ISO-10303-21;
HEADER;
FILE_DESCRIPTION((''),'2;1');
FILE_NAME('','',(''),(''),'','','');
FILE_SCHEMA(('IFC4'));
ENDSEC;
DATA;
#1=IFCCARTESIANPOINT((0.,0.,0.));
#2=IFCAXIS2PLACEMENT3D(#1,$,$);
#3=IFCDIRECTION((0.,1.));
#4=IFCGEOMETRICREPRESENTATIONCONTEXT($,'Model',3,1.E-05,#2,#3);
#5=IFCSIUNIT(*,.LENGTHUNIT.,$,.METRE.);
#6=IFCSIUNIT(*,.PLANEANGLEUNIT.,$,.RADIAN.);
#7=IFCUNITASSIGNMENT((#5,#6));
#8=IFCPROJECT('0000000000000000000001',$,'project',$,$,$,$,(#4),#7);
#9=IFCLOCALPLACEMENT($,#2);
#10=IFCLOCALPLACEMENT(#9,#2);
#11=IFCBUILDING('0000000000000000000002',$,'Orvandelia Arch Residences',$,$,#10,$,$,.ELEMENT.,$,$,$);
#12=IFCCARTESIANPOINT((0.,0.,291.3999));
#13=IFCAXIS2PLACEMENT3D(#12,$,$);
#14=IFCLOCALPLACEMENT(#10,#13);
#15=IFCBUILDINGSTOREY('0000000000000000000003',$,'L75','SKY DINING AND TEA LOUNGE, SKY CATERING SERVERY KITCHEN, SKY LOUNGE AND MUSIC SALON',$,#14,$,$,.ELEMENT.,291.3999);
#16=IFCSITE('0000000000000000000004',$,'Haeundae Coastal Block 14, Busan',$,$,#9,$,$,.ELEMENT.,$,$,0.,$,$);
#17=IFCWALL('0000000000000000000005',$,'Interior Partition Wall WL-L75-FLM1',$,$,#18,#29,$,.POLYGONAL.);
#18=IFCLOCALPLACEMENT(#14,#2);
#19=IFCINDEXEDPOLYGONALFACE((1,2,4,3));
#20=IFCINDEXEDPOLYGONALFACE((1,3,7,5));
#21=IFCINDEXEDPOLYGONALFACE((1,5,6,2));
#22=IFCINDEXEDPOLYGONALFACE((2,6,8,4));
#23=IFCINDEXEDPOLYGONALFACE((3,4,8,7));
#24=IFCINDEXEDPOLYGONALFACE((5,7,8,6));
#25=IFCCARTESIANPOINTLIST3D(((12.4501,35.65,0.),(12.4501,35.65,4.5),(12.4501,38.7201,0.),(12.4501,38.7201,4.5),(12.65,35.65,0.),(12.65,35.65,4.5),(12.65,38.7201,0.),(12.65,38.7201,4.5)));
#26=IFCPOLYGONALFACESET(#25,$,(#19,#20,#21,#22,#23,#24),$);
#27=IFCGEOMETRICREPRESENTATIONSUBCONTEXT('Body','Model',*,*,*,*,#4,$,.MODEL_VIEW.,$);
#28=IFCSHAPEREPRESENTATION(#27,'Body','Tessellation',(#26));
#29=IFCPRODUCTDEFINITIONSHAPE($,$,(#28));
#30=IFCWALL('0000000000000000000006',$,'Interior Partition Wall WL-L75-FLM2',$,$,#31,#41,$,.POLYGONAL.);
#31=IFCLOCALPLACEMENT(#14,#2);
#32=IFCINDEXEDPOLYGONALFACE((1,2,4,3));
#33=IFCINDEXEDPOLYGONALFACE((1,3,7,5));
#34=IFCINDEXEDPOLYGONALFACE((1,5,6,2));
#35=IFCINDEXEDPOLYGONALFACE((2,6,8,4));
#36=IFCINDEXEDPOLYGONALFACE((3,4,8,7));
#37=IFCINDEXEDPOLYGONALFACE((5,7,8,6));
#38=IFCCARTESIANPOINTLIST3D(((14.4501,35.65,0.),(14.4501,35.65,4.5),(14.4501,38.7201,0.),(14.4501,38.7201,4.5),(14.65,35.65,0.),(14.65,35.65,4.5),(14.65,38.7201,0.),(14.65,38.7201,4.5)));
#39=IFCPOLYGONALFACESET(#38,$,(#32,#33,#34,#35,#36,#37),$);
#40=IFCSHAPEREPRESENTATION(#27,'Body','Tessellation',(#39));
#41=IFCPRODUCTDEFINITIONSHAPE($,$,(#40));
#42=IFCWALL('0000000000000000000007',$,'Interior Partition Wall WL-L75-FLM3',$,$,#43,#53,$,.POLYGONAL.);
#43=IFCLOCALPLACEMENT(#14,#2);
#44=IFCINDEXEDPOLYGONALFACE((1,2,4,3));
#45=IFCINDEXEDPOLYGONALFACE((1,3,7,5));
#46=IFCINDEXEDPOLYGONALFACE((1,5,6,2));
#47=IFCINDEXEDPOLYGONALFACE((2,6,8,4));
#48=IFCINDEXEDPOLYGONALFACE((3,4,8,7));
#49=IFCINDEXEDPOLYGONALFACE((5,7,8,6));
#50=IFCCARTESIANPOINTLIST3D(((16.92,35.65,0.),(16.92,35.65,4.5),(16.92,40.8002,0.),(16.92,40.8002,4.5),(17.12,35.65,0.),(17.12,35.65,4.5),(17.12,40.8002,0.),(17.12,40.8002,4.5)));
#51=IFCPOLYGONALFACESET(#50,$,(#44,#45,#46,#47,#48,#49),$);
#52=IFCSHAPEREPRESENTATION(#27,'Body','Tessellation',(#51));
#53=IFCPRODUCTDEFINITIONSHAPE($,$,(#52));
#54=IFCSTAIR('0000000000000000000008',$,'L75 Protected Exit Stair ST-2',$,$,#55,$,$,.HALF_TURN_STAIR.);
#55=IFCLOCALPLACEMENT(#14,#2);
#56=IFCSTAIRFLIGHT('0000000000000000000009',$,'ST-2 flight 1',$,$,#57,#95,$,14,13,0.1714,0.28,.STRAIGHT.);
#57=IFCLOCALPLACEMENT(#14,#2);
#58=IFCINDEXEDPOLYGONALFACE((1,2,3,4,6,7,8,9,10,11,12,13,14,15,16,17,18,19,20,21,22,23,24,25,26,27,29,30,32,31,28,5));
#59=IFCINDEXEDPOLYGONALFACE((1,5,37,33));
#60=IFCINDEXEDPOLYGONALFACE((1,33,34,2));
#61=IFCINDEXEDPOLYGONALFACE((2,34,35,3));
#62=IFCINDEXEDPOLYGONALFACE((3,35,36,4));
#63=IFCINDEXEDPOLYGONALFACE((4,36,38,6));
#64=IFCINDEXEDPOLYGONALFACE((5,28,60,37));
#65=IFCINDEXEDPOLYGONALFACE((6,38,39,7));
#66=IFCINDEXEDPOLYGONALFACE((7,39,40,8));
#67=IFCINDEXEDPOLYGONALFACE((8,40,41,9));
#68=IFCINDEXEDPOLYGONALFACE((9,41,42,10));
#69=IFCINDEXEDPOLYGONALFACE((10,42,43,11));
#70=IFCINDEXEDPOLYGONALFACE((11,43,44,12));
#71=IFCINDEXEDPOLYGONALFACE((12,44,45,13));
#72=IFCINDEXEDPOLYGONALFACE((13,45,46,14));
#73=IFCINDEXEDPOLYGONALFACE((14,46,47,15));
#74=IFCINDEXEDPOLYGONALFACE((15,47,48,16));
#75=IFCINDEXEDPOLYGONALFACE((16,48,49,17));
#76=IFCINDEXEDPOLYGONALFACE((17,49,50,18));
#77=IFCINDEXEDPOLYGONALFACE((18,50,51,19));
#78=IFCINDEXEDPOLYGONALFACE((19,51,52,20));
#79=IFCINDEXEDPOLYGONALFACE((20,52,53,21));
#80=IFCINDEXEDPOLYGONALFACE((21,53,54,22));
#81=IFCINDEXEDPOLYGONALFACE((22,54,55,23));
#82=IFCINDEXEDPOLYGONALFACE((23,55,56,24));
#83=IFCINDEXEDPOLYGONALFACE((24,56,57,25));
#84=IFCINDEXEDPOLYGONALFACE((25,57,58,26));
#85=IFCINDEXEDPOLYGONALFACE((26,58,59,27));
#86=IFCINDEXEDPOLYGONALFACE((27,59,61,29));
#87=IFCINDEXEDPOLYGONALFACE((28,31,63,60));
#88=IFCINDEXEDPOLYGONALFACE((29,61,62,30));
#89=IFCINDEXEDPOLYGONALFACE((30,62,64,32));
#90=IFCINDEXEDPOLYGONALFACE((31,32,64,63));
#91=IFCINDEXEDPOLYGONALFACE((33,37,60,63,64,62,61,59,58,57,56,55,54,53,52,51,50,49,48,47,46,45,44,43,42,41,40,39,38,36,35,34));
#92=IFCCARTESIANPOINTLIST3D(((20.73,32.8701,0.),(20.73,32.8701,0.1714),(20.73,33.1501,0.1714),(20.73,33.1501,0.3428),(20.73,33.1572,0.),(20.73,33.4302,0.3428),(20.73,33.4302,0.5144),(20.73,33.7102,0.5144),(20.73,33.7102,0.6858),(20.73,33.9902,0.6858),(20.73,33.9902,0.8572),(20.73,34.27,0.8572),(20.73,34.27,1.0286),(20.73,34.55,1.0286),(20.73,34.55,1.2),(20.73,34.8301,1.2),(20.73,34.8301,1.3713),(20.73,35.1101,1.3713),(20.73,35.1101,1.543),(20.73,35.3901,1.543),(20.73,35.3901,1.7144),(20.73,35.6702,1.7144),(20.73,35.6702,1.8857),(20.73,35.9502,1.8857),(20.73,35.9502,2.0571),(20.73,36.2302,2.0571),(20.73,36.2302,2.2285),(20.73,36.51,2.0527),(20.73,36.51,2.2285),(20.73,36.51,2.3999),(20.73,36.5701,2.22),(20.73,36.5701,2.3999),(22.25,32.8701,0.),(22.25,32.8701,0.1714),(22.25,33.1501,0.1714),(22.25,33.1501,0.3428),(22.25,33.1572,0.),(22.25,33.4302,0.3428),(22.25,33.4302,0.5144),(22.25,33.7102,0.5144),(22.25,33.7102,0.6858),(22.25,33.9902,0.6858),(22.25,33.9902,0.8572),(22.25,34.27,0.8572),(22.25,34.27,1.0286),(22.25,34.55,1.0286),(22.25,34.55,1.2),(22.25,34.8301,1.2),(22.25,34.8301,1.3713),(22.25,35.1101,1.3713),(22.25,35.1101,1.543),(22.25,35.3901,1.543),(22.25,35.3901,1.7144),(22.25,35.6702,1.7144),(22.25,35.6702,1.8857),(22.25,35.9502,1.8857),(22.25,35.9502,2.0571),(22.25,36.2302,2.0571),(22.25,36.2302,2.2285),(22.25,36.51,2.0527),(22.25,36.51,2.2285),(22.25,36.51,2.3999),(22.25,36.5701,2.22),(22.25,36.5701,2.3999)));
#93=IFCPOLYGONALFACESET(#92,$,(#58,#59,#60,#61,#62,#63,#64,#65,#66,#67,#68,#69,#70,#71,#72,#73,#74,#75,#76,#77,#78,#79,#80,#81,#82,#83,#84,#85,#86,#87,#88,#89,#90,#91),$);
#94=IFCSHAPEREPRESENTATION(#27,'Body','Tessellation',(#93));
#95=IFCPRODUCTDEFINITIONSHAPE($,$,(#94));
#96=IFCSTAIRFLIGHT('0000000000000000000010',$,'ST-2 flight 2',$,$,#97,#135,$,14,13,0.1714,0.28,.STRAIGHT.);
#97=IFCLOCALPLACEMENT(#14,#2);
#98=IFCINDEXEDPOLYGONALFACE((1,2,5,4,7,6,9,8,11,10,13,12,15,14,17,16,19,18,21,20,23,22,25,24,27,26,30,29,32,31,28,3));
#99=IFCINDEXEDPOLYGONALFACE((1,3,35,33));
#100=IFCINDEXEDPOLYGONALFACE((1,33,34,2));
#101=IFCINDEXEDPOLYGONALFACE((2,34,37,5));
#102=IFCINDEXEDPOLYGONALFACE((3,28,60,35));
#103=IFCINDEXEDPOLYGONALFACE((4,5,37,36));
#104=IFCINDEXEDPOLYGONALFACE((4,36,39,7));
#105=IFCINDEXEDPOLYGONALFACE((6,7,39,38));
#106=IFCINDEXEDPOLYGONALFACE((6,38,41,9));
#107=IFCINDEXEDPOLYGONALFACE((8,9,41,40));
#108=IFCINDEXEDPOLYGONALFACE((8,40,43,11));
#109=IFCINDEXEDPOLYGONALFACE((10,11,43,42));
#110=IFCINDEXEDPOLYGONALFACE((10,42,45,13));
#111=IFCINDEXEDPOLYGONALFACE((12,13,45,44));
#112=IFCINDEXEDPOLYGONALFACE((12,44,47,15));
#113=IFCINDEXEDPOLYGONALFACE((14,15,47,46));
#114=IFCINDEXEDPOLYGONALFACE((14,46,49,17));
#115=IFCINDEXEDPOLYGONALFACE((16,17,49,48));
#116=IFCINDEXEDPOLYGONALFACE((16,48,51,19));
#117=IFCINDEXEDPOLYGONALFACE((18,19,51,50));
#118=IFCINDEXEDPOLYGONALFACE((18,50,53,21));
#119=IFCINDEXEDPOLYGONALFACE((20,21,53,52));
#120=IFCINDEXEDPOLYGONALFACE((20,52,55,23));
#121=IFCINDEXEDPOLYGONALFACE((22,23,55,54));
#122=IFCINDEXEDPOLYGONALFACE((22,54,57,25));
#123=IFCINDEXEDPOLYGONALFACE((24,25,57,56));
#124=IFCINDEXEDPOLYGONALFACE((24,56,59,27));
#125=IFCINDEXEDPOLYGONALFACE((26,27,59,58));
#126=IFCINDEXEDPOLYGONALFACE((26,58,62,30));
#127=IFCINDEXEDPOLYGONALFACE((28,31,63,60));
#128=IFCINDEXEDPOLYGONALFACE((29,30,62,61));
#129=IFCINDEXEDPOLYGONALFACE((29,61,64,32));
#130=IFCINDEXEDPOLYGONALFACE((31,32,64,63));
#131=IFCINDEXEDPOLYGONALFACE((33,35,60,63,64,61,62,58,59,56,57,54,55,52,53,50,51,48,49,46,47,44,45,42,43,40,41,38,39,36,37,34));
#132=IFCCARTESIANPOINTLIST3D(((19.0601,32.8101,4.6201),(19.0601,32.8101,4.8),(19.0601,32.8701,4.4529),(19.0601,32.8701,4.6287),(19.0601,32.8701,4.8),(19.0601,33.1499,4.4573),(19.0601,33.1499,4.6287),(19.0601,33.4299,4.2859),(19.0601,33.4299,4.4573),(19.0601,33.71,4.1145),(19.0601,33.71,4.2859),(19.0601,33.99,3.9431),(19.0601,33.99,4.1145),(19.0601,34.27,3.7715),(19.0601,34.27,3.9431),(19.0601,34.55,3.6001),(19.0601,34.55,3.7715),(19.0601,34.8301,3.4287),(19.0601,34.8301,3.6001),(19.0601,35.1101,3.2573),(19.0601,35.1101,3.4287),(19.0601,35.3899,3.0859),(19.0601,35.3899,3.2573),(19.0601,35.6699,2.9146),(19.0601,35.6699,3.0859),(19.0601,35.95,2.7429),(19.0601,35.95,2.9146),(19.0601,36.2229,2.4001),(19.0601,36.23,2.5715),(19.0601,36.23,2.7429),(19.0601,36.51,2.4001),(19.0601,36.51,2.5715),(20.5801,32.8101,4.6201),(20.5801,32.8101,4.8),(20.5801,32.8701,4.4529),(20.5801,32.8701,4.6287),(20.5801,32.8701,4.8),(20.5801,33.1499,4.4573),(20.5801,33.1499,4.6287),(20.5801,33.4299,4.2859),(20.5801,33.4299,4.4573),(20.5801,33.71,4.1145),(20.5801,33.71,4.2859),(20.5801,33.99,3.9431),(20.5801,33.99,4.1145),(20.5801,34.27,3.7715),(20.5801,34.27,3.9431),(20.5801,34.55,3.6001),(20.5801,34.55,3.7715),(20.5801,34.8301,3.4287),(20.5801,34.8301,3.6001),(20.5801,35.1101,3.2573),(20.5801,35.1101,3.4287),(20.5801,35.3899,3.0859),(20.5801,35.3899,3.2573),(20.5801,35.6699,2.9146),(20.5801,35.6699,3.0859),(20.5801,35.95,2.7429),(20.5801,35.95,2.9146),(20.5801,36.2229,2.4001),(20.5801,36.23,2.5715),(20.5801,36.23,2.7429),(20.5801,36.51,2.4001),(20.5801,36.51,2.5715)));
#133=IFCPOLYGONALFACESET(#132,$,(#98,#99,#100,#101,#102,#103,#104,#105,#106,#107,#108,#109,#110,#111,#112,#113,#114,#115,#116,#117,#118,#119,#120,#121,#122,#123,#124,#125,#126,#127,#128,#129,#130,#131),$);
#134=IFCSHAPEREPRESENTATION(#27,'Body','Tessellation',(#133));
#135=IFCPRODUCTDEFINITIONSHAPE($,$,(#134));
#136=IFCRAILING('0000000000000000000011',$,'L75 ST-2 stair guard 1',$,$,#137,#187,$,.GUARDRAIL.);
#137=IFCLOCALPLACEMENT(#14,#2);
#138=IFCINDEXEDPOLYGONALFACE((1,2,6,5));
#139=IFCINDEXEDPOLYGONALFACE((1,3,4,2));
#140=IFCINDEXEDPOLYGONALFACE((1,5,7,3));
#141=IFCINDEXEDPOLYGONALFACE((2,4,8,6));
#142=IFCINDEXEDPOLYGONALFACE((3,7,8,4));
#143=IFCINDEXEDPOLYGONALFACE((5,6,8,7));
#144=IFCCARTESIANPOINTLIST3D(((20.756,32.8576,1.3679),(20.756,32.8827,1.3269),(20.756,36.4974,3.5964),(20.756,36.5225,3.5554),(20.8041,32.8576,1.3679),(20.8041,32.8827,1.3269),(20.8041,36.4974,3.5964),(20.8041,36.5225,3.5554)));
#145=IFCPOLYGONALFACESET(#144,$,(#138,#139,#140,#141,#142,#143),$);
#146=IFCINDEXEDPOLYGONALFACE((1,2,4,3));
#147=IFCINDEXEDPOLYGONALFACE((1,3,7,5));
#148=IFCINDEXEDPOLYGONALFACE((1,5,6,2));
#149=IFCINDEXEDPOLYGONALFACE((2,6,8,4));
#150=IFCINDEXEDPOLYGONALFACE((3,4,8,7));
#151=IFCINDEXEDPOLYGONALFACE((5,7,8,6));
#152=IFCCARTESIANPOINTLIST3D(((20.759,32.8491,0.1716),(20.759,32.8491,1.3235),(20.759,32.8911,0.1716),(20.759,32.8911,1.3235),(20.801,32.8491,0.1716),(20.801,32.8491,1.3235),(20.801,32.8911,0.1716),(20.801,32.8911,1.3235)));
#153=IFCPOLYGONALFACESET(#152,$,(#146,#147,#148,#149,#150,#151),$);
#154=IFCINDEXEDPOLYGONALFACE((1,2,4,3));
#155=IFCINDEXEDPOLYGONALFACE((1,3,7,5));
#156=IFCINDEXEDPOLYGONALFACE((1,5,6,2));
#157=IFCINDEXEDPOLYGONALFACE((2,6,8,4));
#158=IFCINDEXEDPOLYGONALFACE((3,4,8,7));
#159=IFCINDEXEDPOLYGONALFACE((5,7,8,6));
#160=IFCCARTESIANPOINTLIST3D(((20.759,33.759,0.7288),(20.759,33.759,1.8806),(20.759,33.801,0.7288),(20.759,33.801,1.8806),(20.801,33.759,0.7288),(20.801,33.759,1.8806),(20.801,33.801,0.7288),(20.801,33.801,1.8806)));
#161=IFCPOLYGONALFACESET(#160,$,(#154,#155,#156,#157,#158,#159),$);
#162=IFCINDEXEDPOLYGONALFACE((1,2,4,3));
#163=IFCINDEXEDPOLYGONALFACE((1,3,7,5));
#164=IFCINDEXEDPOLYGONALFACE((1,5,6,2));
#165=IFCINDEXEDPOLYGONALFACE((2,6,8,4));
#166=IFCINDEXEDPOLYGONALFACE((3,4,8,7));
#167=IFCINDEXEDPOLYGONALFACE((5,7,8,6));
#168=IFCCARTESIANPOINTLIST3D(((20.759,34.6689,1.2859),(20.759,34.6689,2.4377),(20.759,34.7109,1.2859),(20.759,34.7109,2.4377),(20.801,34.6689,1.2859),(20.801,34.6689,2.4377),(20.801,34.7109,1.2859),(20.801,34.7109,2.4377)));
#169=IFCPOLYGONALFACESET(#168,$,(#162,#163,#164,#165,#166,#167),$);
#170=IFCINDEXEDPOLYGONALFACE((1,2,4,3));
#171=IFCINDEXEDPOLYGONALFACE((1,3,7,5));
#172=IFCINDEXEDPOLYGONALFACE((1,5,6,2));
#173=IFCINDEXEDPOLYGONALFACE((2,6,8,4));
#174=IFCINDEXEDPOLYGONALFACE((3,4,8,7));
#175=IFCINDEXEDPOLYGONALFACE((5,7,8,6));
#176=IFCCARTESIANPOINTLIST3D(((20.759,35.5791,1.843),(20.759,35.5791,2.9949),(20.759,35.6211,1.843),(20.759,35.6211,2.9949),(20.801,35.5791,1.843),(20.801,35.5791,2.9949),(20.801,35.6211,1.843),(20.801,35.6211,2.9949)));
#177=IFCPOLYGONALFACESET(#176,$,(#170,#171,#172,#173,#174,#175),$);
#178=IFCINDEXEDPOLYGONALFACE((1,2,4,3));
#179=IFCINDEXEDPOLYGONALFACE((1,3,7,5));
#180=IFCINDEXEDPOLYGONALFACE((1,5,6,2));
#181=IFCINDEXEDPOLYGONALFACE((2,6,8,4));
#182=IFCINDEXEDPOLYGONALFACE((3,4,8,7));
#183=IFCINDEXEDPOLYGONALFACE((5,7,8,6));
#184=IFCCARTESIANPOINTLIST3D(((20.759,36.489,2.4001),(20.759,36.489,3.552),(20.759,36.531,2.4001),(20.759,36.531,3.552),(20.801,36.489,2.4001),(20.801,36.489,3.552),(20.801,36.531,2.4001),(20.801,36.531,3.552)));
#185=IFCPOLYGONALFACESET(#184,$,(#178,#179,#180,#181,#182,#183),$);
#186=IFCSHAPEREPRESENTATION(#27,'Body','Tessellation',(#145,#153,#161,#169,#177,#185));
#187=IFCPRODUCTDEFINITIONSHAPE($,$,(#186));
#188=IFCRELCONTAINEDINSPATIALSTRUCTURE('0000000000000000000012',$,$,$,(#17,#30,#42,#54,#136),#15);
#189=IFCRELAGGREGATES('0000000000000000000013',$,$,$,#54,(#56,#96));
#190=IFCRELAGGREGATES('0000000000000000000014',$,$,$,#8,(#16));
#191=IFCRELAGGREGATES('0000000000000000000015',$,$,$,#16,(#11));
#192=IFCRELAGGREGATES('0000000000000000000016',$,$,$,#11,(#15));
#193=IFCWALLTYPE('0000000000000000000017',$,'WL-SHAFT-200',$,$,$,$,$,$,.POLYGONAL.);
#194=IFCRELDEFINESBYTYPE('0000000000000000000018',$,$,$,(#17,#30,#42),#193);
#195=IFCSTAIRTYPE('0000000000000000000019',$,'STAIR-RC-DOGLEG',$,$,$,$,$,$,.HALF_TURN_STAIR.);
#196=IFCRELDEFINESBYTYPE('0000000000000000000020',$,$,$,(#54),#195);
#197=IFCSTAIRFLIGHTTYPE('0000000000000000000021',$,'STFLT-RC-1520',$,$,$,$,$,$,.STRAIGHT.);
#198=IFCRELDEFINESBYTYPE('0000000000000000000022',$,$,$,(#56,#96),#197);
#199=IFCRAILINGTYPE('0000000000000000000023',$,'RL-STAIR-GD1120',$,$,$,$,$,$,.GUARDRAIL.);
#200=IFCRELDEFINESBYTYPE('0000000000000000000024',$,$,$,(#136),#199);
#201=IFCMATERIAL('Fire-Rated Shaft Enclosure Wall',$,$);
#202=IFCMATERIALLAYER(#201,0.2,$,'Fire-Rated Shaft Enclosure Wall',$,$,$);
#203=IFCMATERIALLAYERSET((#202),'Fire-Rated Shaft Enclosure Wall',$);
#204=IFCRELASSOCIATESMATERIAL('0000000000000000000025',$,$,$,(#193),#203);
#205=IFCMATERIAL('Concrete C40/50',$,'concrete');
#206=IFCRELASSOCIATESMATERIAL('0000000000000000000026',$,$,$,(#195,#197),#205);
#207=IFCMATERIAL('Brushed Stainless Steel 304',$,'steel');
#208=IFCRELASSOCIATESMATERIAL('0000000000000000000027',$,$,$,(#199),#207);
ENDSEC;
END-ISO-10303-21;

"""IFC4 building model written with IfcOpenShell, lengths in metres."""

from ifc_helpers import new_model, si_unit, direction, frame, frame_2d, origin, origin_2d, place, context, subcontext, project, spatial, polyline, rectangle, outline, extrude, material, layer, layer_set, type_object, element, aggregate, save


model = new_model("IFC4")

# Units and contexts
model_context = context("Model", 3, precision=1e-05, world=origin(), true_north=direction((0.0, 1.0)))
body_context = subcontext(model_context, "Body", "Model", "MODEL_VIEW")
ifc_project = project(units=[si_unit("LENGTHUNIT", "METRE"), si_unit("PLANEANGLEUNIT", "RADIAN")], contexts=[model_context])

# Site, building, storey
site_placement = place(None, origin())
site = spatial("IfcSite", under=ifc_project, at=site_placement, Name="Haeundae Coastal Block 14, Busan", CompositionType="ELEMENT", RefElevation=0.0)
building_placement = place(site_placement, origin())
building = spatial("IfcBuilding", under=site, at=building_placement, Name="Orvandelia Arch Residences", CompositionType="ELEMENT")
storey_placement = place(building_placement, frame((0.0, 0.0, 291.3999)))
storey = spatial("IfcBuildingStorey", under=building, at=storey_placement, Name="L75", Description="SKY DINING AND TEA LOUNGE, SKY CATERING SERVERY KITCHEN, SKY LOUNGE AND MUSIC SALON", CompositionType="ELEMENT", Elevation=291.3999)

# Walls
ifc_material_1 = material(Name="Fire-Rated Shaft Enclosure Wall")
ifc_layer_1 = layer(ifc_material_1, 0.2, Name="Fire-Rated Shaft Enclosure Wall")
ifc_layer_set_1 = layer_set([ifc_layer_1], Name="Fire-Rated Shaft Enclosure Wall")
wall_type_1 = type_object("IfcWallType", Name="WL-SHAFT-200", PredefinedType="POLYGONAL", material=ifc_layer_set_1)
for number, where, z_axis, x_axis, name in (
    (1, (12.55, 35.6499, 0.0), (0.0, 0.0, 1.0), (0.0, 1.0, 0.0), "Interior Partition Wall WL-L75-FLM1"),
    (2, (14.55, 35.6499, 0.0), (0.0, 0.0, 1.0), (0.0, 1.0, 0.0), "Interior Partition Wall WL-L75-FLM2"),
):
    element("IfcWall", number, at=place(storey_placement, frame(where, z_axis=z_axis, x_axis=x_axis)), inside=storey, type_object=wall_type_1, Name=name, PredefinedType="POLYGONAL", context=body_context, shape_type="SweptSolid", body=[
        extrude(rectangle(XDim=3.0701, YDim=0.2, at=frame_2d((1.5352, 0.0))), origin(), (0.0, 0.0, 1.0), 4.5),
    ])
wall_1_placement = place(storey_placement, frame((17.02, 35.6499, 0.0), z_axis=(0.0, 0.0, 1.0), x_axis=(0.0, 1.0, 0.0)))
element("IfcWall", 3, at=wall_1_placement, inside=storey, type_object=wall_type_1, Name="Interior Partition Wall WL-L75-FLM3", PredefinedType="POLYGONAL", context=body_context, shape_type="SweptSolid", body=[
    extrude(rectangle(XDim=5.1501, YDim=0.2, at=frame_2d((2.5752, 0.0))), origin(), (0.0, 0.0, 1.0), 4.5),
])

# Stair, stair flights
ifc_material_2 = material(Name="Concrete C40/50", Category="concrete")
stair_type = type_object("IfcStairType", Name="STAIR-RC-DOGLEG", PredefinedType="HALF_TURN_STAIR", material=ifc_material_2)
stair_placement = place(storey_placement, origin())
stair = element("IfcStair", 4, at=stair_placement, inside=storey, type_object=stair_type, Name="L75 Protected Exit Stair ST-2", PredefinedType="HALF_TURN_STAIR")
stair_flight_type = type_object("IfcStairFlightType", Name="STFLT-RC-1520", PredefinedType="STRAIGHT", material=ifc_material_2)
stair_flight_1_placement = place(storey_placement, frame((21.49, 32.8701, 0.0), z_axis=(0.0, 0.0, 1.0), x_axis=(0.0, 1.0, 0.0)))
stair_flight_1 = element("IfcStairFlight", 5, at=stair_flight_1_placement, type_object=stair_flight_type, Name="ST-2 flight 1", NumberOfRisers=14, NumberOfTreads=13, PredefinedType="STRAIGHT", RiserHeight=0.1714, TreadLength=0.28, context=body_context, shape_type="SweptSolid", body=[
    extrude(outline(polyline([(0.0, 0.0), (0.0, 0.1714), (0.28, 0.1714), (0.28, 0.3428), (0.5601, 0.3428), (0.5601, 0.5144), (0.8401, 0.5144), (0.8401, 0.6858), (1.1201, 0.6858), (1.1201, 0.8572), (1.3999, 0.8572), (1.3999, 1.0286), (1.6799, 1.0286), (1.6799, 1.2), (1.96, 1.2), (1.96, 1.3713), (2.24, 1.3713), (2.24, 1.543), (2.52, 1.543), (2.52, 1.7144), (2.8, 1.7144), (2.8, 1.8857), (3.0801, 1.8857), (3.0801, 2.0571), (3.3601, 2.0571), (3.3601, 2.2285), (3.6399, 2.2285), (3.6399, 2.3999), (3.7, 2.3999), (3.7, 2.22), (3.6399, 2.0527), (0.2871, 0.0), (0.0, 0.0)])), frame((0.0, 0.76, 0.0), z_axis=(0.0, -1.0, 0.0), x_axis=(1.0, 0.0, 0.0)), (0.0, 0.0, 1.0), 1.52),
])
stair_flight_2_placement = place(storey_placement, frame((19.8201, 36.51, 2.4001), z_axis=(0.0, 0.0, 1.0), x_axis=(0.0, -1.0, 0.0)))
stair_flight_2 = element("IfcStairFlight", 6, at=stair_flight_2_placement, type_object=stair_flight_type, Name="ST-2 flight 2", NumberOfRisers=14, NumberOfTreads=13, PredefinedType="STRAIGHT", RiserHeight=0.1714, TreadLength=0.28, context=body_context, shape_type="SweptSolid", body=[
    extrude(outline(polyline([(0.0, 0.0), (0.0, 0.1714), (0.28, 0.1714), (0.28, 0.3428), (0.5601, 0.3428), (0.5601, 0.5144), (0.8401, 0.5144), (0.8401, 0.6858), (1.1201, 0.6858), (1.1201, 0.8572), (1.3999, 0.8572), (1.3999, 1.0286), (1.6799, 1.0286), (1.6799, 1.2), (1.96, 1.2), (1.96, 1.3713), (2.24, 1.3713), (2.24, 1.543), (2.52, 1.543), (2.52, 1.7144), (2.8, 1.7144), (2.8, 1.8857), (3.0801, 1.8857), (3.0801, 2.0571), (3.3601, 2.0571), (3.3601, 2.2285), (3.6399, 2.2285), (3.6399, 2.3999), (3.7, 2.3999), (3.7, 2.22), (3.6399, 2.0527), (0.2871, 0.0), (0.0, 0.0)])), frame((0.0, 0.76, 0.0), z_axis=(0.0, -1.0, 0.0), x_axis=(1.0, 0.0, 0.0)), (0.0, 0.0, 1.0), 1.52),
])
aggregate(stair, [stair_flight_1, stair_flight_2])

# Railing
ifc_material_3 = material(Name="Brushed Stainless Steel 304", Category="steel")
railing_type_1 = type_object("IfcRailingType", Name="RL-STAIR-GD1120", PredefinedType="GUARDRAIL", material=ifc_material_3)
railing_1_placement = place(storey_placement, frame((20.78, 32.8701, 0.1716)))
element("IfcRailing", 7, at=railing_1_placement, inside=storey, type_object=railing_type_1, Name="L75 ST-2 stair guard 1", PredefinedType="GUARDRAIL", context=body_context, shape_type="SweptSolid", body=[
    extrude(rectangle(XDim=0.0481, YDim=0.0481, at=origin_2d()), frame((0.0, 0.0, 1.1758), z_axis=(0.0, 0.85285, 0.522156), x_axis=(-1.0, 0.0, 0.0)), (0.0, 0.0, 1.0), 4.2678),
    extrude(rectangle(XDim=0.042, YDim=0.042, at=origin_2d()), origin(), (0.0, 0.0, 1.0), 1.1519),
    extrude(rectangle(XDim=0.042, YDim=0.042, at=origin_2d()), frame((0.0, 0.9099, 0.5571)), (0.0, 0.0, 1.0), 1.1519),
    extrude(rectangle(XDim=0.042, YDim=0.042, at=origin_2d()), frame((0.0, 1.8198, 1.1143)), (0.0, 0.0, 1.0), 1.1519),
    extrude(rectangle(XDim=0.042, YDim=0.042, at=origin_2d()), frame((0.0, 2.73, 1.6714)), (0.0, 0.0, 1.0), 1.1519),
    extrude(rectangle(XDim=0.042, YDim=0.042, at=origin_2d()), frame((0.0, 3.6399, 2.2285)), (0.0, 0.0, 1.0), 1.1519),
])

save(model, "model.ifc")
